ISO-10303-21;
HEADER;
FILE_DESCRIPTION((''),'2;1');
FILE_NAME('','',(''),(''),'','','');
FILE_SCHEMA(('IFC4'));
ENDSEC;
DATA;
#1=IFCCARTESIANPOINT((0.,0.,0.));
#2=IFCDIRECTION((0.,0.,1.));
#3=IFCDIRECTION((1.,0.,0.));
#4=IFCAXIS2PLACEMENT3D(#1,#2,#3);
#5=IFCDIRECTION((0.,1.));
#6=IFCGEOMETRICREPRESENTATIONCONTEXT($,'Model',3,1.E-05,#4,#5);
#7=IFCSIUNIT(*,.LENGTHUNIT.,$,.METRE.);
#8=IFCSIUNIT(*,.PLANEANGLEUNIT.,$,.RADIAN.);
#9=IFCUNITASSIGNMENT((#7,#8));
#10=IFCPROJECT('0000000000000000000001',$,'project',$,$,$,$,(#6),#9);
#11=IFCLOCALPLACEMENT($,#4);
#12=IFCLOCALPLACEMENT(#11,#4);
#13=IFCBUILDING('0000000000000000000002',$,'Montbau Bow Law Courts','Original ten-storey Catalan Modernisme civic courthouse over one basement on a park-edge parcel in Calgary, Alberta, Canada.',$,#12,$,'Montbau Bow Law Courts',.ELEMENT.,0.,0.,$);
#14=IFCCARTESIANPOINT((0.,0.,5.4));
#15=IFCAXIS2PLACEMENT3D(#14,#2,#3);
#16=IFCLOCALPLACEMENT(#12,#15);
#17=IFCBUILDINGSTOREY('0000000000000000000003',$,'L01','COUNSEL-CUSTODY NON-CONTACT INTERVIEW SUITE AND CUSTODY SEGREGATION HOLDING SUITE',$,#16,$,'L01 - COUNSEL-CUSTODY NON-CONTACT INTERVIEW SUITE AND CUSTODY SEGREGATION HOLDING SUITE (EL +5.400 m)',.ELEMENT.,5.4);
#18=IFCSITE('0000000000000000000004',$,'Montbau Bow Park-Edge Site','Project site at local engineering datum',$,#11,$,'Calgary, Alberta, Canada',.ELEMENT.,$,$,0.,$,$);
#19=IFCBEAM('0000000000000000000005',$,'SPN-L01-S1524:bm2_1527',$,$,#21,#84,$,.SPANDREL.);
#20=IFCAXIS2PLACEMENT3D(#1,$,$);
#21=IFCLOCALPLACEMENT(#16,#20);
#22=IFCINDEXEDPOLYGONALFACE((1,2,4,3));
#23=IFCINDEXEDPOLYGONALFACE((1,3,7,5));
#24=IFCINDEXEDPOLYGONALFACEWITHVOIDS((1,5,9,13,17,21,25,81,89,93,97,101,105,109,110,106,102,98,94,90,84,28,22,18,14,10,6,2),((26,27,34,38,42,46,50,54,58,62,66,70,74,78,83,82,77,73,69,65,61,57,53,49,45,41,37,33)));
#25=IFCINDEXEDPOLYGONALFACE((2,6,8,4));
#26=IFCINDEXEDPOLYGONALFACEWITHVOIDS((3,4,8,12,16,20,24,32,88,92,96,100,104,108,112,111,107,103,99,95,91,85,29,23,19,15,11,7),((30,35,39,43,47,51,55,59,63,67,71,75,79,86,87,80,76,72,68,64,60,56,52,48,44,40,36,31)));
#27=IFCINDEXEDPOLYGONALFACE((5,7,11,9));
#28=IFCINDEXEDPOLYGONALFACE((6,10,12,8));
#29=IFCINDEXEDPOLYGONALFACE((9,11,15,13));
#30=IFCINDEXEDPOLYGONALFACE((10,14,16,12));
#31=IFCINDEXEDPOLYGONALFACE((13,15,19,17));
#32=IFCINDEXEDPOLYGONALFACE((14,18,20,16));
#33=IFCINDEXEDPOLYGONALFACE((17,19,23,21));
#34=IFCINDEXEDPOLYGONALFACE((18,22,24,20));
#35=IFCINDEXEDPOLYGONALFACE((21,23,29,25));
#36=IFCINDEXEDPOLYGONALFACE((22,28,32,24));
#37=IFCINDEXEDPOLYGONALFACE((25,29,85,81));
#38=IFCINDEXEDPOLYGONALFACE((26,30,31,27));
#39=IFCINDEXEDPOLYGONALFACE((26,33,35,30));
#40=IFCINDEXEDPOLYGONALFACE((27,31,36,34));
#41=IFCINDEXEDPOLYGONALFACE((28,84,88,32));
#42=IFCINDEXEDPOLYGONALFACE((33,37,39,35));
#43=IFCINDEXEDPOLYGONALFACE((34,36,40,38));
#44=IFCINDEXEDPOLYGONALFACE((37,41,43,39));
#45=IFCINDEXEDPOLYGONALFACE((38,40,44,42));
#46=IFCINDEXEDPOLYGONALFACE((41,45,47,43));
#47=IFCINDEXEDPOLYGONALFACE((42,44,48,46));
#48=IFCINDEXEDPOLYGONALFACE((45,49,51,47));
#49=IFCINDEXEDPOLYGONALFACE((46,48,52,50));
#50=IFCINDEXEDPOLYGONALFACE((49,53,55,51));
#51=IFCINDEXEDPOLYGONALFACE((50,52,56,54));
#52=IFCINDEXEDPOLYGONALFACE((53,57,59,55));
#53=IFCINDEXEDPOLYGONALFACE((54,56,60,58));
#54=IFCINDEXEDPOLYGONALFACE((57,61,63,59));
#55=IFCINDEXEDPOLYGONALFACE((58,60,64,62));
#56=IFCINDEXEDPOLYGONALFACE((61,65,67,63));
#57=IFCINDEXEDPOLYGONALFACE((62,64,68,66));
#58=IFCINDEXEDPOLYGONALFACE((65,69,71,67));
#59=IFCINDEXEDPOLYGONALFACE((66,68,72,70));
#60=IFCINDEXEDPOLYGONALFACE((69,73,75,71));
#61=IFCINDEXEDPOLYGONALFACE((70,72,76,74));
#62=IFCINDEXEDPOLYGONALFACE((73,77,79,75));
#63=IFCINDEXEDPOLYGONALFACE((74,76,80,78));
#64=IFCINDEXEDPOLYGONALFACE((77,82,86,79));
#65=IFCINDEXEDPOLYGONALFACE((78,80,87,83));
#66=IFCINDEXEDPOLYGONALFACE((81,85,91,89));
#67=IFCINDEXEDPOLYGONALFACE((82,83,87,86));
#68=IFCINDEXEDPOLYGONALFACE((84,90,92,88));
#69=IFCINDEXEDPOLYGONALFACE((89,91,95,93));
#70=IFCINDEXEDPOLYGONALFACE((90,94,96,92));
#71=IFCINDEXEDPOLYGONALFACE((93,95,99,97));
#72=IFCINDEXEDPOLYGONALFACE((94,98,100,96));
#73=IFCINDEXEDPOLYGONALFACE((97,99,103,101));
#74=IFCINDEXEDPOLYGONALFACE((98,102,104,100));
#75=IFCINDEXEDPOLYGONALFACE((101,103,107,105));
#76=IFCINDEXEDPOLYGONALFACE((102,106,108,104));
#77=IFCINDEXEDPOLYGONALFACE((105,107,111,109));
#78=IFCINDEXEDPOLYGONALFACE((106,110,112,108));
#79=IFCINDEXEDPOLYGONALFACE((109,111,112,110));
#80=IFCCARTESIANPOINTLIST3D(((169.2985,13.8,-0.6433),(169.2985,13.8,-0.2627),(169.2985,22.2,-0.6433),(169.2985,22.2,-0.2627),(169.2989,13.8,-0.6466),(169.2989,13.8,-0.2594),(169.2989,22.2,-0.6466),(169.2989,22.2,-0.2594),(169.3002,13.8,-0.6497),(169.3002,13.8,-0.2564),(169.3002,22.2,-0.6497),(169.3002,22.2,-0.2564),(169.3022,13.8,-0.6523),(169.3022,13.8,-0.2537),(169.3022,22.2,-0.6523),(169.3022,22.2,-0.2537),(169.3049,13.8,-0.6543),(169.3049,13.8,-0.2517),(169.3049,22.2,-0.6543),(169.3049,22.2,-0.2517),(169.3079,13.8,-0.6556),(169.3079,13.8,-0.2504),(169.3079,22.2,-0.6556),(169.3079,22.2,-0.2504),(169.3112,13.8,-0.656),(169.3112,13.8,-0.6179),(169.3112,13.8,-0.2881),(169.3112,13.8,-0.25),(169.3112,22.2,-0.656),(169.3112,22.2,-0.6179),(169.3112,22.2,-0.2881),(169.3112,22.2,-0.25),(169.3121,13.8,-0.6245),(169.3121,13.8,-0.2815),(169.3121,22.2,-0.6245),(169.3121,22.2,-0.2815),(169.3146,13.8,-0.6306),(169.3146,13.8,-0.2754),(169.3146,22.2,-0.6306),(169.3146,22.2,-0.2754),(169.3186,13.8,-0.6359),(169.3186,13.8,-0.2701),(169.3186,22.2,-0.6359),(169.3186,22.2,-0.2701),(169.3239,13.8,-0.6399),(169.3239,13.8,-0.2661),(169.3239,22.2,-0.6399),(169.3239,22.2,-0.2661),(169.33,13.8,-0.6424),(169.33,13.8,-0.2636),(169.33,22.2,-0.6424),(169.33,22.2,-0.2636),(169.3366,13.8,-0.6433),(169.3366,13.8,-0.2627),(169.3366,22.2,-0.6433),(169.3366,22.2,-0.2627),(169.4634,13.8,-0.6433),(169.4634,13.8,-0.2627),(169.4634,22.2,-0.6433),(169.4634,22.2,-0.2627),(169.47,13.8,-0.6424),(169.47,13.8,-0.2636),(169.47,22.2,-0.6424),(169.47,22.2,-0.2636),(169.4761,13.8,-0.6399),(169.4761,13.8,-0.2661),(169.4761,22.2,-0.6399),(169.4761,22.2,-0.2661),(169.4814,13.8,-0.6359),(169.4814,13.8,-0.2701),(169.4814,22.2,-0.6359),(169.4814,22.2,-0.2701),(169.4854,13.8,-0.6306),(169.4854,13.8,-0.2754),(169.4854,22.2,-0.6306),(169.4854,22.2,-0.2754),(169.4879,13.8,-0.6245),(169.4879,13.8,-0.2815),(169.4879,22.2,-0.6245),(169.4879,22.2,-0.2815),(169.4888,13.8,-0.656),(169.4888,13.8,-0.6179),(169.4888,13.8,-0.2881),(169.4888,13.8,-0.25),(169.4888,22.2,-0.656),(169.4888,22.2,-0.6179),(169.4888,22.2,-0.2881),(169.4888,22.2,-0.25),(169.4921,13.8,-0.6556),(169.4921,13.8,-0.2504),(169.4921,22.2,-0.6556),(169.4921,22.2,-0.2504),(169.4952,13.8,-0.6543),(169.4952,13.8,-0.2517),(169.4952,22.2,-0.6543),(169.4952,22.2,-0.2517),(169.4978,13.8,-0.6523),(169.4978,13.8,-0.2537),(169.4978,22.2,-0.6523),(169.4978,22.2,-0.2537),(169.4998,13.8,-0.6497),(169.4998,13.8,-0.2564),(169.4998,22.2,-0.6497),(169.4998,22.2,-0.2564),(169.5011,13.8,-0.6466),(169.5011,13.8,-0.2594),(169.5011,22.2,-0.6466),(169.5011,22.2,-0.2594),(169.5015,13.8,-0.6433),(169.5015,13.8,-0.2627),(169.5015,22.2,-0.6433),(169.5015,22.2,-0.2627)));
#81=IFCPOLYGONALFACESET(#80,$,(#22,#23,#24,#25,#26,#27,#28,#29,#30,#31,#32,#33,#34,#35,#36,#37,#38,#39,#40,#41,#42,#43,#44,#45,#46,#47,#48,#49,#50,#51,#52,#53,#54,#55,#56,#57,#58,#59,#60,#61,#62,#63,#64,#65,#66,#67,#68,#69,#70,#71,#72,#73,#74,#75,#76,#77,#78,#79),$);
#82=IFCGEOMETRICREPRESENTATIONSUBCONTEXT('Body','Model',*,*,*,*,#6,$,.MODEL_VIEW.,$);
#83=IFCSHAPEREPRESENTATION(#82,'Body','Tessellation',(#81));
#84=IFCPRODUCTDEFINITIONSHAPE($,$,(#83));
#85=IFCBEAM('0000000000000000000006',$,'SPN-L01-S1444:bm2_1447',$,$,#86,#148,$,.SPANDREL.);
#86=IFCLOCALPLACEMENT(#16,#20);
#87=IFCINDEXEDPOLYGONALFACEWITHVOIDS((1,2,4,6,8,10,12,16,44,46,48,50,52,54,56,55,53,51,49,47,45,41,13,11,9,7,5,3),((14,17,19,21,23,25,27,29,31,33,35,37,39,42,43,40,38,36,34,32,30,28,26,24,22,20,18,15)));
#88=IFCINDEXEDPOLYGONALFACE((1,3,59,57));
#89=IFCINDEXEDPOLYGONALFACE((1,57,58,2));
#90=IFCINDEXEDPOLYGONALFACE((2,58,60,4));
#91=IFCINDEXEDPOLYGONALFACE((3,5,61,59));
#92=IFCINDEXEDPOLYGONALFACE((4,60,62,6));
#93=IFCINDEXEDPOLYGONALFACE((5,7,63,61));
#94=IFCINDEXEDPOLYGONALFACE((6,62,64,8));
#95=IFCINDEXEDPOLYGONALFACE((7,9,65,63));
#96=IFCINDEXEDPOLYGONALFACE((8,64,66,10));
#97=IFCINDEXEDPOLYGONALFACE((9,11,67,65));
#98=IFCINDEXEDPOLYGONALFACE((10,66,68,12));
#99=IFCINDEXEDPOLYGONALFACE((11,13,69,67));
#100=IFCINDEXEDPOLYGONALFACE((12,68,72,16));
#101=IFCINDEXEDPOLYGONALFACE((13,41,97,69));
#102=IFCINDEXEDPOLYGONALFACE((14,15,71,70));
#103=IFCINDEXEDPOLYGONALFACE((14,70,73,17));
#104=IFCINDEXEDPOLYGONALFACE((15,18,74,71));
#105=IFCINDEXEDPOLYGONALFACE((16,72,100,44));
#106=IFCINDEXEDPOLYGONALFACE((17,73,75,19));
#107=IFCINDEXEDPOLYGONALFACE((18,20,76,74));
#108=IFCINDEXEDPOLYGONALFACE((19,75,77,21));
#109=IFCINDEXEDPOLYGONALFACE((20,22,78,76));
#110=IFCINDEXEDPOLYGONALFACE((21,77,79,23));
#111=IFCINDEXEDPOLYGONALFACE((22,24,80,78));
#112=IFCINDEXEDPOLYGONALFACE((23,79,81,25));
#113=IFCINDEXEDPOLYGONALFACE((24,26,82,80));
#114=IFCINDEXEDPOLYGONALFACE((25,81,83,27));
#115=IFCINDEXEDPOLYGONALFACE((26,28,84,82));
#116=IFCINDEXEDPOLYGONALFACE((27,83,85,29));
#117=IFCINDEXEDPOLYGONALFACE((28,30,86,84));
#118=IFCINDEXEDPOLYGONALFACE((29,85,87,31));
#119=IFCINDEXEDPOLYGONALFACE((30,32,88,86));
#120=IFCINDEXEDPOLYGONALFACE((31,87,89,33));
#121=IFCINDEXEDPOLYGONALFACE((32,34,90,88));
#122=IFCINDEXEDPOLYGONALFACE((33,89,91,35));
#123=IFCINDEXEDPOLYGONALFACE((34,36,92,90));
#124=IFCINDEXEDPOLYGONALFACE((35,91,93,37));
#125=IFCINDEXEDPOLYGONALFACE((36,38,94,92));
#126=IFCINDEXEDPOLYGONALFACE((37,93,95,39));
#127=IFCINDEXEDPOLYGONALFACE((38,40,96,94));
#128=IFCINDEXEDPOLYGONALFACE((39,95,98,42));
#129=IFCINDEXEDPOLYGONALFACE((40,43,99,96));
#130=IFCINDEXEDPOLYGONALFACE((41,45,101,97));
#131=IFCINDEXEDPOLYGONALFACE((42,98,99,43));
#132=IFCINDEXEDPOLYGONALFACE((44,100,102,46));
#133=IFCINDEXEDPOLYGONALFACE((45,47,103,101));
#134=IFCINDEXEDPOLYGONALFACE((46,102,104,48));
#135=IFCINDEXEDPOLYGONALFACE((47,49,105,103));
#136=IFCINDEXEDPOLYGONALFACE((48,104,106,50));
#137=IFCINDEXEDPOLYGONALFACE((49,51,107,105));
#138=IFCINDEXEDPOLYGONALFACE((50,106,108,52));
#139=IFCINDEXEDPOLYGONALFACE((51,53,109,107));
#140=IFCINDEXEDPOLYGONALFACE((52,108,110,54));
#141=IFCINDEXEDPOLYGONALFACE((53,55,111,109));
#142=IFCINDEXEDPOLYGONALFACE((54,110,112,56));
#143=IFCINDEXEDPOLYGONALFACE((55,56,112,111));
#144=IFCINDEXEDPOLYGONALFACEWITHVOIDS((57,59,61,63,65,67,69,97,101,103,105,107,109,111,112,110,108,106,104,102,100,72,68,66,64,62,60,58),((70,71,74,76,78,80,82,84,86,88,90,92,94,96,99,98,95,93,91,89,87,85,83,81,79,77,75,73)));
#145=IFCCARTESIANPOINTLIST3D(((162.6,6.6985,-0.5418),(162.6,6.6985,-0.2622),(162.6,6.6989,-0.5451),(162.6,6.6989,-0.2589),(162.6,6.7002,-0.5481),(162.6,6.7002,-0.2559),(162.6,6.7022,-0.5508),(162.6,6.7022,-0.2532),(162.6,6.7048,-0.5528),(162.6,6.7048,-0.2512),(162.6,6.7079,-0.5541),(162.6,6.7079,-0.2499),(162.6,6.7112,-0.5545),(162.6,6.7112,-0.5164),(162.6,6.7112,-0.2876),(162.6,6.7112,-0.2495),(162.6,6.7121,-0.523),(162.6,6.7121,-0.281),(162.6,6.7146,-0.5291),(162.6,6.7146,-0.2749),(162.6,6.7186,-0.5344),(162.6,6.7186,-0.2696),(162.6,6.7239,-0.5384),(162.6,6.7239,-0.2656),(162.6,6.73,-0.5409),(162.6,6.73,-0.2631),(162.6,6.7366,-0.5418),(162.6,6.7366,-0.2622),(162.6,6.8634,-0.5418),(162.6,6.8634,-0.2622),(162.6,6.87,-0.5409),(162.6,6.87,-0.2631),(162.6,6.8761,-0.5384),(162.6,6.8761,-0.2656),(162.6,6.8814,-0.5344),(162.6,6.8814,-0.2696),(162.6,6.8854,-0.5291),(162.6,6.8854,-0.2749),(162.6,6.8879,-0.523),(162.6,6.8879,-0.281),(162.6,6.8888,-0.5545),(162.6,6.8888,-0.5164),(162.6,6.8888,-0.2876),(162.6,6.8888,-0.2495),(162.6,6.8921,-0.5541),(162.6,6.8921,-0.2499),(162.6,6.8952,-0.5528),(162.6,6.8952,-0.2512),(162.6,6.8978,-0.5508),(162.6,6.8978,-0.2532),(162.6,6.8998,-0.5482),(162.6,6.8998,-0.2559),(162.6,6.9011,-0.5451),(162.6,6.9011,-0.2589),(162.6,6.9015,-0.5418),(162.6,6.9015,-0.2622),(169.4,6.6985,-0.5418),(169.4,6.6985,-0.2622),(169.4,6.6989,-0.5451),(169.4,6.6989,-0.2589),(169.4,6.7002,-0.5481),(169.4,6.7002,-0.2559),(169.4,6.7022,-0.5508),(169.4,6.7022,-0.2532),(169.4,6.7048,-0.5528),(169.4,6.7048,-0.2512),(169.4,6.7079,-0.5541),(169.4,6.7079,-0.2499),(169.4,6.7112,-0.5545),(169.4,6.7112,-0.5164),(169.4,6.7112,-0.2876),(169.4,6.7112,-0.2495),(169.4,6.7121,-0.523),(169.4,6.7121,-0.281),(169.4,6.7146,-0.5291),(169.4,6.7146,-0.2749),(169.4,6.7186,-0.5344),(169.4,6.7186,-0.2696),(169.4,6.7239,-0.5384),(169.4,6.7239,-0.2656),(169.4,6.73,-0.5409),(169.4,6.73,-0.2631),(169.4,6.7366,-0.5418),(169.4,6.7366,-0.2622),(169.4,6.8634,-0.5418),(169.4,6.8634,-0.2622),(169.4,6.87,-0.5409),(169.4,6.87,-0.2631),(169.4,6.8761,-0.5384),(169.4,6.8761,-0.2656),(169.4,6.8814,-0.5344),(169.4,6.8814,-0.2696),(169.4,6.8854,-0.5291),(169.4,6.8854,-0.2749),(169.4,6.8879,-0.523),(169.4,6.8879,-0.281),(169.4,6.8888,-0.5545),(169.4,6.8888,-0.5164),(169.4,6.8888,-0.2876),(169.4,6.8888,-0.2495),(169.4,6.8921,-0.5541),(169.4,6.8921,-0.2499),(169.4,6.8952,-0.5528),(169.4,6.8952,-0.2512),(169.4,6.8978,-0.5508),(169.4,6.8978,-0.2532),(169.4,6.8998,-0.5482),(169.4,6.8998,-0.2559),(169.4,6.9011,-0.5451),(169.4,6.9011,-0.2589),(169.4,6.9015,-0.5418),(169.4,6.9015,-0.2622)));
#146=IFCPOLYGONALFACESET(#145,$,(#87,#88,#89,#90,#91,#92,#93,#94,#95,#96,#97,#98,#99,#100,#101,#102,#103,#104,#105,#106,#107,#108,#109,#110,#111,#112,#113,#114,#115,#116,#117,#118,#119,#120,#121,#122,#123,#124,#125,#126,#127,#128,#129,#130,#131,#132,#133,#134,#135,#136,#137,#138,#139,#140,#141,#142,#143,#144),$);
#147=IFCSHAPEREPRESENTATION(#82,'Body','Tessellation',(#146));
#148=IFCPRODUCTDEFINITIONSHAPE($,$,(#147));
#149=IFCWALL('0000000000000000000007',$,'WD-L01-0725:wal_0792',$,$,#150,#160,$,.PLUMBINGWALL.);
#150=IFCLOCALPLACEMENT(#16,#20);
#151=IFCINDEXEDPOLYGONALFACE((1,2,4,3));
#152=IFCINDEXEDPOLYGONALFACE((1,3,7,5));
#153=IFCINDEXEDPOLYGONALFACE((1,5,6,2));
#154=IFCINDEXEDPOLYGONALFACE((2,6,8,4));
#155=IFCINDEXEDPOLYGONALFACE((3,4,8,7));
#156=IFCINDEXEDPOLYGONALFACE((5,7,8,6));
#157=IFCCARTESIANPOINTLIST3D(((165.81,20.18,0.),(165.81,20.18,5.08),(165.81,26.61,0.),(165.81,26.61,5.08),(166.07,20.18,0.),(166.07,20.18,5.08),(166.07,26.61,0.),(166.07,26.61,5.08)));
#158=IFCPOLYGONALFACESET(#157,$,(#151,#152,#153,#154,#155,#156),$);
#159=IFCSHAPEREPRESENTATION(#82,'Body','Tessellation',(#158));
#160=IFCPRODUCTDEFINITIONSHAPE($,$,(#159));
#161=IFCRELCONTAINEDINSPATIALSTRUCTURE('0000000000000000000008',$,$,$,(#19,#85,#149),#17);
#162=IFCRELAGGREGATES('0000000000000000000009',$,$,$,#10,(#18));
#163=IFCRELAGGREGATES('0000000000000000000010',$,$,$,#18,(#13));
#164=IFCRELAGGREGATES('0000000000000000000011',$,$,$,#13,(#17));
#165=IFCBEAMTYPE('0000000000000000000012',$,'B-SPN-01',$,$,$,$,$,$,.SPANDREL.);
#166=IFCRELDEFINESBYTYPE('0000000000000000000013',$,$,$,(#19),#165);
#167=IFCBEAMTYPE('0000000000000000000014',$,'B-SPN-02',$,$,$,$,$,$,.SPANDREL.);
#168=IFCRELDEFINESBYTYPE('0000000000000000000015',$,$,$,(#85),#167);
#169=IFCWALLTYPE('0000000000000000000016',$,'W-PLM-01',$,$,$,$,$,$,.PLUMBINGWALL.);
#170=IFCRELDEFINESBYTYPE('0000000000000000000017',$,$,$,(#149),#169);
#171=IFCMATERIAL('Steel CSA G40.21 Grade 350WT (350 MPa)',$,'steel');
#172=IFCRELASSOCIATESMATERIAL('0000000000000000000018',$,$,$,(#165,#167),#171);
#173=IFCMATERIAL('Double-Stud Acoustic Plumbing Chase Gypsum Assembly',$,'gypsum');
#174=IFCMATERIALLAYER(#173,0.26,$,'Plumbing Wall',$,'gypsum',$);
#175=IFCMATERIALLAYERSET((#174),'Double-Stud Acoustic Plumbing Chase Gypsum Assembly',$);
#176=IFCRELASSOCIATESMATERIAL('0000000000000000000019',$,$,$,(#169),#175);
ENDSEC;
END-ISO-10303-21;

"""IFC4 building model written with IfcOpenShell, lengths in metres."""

from ifc_helpers import new_model, si_unit, direction, frame, frame_2d, origin_with_axes, origin_2d_with_axis, place, context, subcontext, project, spatial, rectangle, hollow_rectangle, extrude, material, layer, layer_set, material_profile, profile_set, type_object, element, save


model = new_model("IFC4")

# Units and contexts
model_context = context("Model", 3, precision=1e-05, world=origin_with_axes(), true_north=direction((0.0, 1.0)))
body_context = subcontext(model_context, "Body", "Model", "MODEL_VIEW")
ifc_project = project(units=[si_unit("LENGTHUNIT", "METRE"), si_unit("PLANEANGLEUNIT", "RADIAN")], contexts=[model_context])

# Site, building, storey
site_placement = place(None, origin_with_axes())
site = spatial("IfcSite", under=ifc_project, at=site_placement, Name="Montbau Bow Park-Edge Site", Description="Project site at local engineering datum", LongName="Calgary, Alberta, Canada", CompositionType="ELEMENT", RefElevation=0.0)
building_placement = place(site_placement, origin_with_axes())
building = spatial("IfcBuilding", under=site, at=building_placement, Name="Montbau Bow Law Courts", Description="Original ten-storey Catalan Modernisme civic courthouse over one basement on a park-edge parcel in Calgary, Alberta, Canada.", LongName="Montbau Bow Law Courts", CompositionType="ELEMENT", ElevationOfRefHeight=0.0, ElevationOfTerrain=0.0)
storey_placement = place(building_placement, frame((0.0, 0.0, 5.4), z_axis=(0.0, 0.0, 1.0), x_axis=(1.0, 0.0, 0.0)))
storey = spatial("IfcBuildingStorey", under=building, at=storey_placement, Name="L01", Description="COUNSEL-CUSTODY NON-CONTACT INTERVIEW SUITE AND CUSTODY SEGREGATION HOLDING SUITE", LongName="L01 - COUNSEL-CUSTODY NON-CONTACT INTERVIEW SUITE AND CUSTODY SEGREGATION HOLDING SUITE (EL +5.400 m)", CompositionType="ELEMENT", Elevation=5.4)

# Beams
ifc_material_1 = material(Name="Steel CSA G40.21 Grade 350WT (350 MPa)", Category="steel")
ifc_material_profile_1 = material_profile(ifc_material_1, hollow_rectangle(XDim=0.203, YDim=0.406, WallThickness=0.0127, InnerFilletRadius=0.0254, OuterFilletRadius=0.0127, at=origin_2d_with_axis()), Name="HSS406X203X13", Category="Main", Priority=0)
ifc_profile_set_1 = profile_set([ifc_material_profile_1], Name="Steel CSA G40.21 Grade 350WT (350 MPa)")
beam_type_1 = type_object("IfcBeamType", Name="B-SPN-01", PredefinedType="SPANDREL", material=ifc_profile_set_1)
beam_1_placement = place(None, frame((169.4, 13.8, 4.947), z_axis=(0.0, 1.0, 0.0), x_axis=(-1.0, 0.0, 0.0)))
element("IfcBeam", 1, at=beam_1_placement, inside=storey, type_object=beam_type_1, Name="SPN-L01-S1524:bm2_1527", PredefinedType="SPANDREL", context=body_context, shape_type="SweptSolid", body=[
    extrude(hollow_rectangle(XDim=0.203, YDim=0.406, WallThickness=0.0127, InnerFilletRadius=0.0254, OuterFilletRadius=0.0127, at=origin_2d_with_axis()), origin_with_axes(), (0.0, 0.0, 1.0), 8.4),
])
ifc_material_profile_2 = material_profile(ifc_material_1, hollow_rectangle(XDim=0.203, YDim=0.305, WallThickness=0.0127, InnerFilletRadius=0.0254, OuterFilletRadius=0.0127, at=origin_2d_with_axis()), Name="HSS305X203X13", Category="Main", Priority=0)
ifc_profile_set_2 = profile_set([ifc_material_profile_2], Name="Steel CSA G40.21 Grade 350WT (350 MPa)")
beam_type_2 = type_object("IfcBeamType", Name="B-SPN-02", PredefinedType="SPANDREL", material=ifc_profile_set_2)
beam_2_placement = place(None, frame((162.6, 6.8, 4.998), z_axis=(1.0, 0.0, 0.0), x_axis=(0.0, 1.0, 0.0)))
element("IfcBeam", 2, at=beam_2_placement, inside=storey, type_object=beam_type_2, Name="SPN-L01-S1444:bm2_1447", PredefinedType="SPANDREL", context=body_context, shape_type="SweptSolid", body=[
    extrude(hollow_rectangle(XDim=0.203, YDim=0.305, WallThickness=0.0127, InnerFilletRadius=0.0254, OuterFilletRadius=0.0127, at=origin_2d_with_axis()), origin_with_axes(), (0.0, 0.0, 1.0), 6.8),
])

# Wall
ifc_material_2 = material(Name="Double-Stud Acoustic Plumbing Chase Gypsum Assembly", Category="gypsum")
ifc_layer_1 = layer(ifc_material_2, 0.26, Name="Plumbing Wall", Category="gypsum")
ifc_layer_set_1 = layer_set([ifc_layer_1], Name="Double-Stud Acoustic Plumbing Chase Gypsum Assembly")
wall_type_1 = type_object("IfcWallType", Name="W-PLM-01", PredefinedType="PLUMBINGWALL", material=ifc_layer_set_1)
wall_1_placement = place(None, frame((165.94, 20.18, 5.4), z_axis=(0.0, 0.0, 1.0), x_axis=(0.0, 1.0, 0.0)))
element("IfcWall", 3, at=wall_1_placement, inside=storey, type_object=wall_type_1, Name="WD-L01-0725:wal_0792", PredefinedType="PLUMBINGWALL", context=body_context, shape_type="SweptSolid", body=[
    extrude(rectangle(XDim=6.43, YDim=0.26, at=frame_2d((3.215, 0.0), x_axis=(1.0, 0.0))), origin_with_axes(), (0.0, 0.0, 1.0), 5.08),
])

save(model, "model.ifc")
